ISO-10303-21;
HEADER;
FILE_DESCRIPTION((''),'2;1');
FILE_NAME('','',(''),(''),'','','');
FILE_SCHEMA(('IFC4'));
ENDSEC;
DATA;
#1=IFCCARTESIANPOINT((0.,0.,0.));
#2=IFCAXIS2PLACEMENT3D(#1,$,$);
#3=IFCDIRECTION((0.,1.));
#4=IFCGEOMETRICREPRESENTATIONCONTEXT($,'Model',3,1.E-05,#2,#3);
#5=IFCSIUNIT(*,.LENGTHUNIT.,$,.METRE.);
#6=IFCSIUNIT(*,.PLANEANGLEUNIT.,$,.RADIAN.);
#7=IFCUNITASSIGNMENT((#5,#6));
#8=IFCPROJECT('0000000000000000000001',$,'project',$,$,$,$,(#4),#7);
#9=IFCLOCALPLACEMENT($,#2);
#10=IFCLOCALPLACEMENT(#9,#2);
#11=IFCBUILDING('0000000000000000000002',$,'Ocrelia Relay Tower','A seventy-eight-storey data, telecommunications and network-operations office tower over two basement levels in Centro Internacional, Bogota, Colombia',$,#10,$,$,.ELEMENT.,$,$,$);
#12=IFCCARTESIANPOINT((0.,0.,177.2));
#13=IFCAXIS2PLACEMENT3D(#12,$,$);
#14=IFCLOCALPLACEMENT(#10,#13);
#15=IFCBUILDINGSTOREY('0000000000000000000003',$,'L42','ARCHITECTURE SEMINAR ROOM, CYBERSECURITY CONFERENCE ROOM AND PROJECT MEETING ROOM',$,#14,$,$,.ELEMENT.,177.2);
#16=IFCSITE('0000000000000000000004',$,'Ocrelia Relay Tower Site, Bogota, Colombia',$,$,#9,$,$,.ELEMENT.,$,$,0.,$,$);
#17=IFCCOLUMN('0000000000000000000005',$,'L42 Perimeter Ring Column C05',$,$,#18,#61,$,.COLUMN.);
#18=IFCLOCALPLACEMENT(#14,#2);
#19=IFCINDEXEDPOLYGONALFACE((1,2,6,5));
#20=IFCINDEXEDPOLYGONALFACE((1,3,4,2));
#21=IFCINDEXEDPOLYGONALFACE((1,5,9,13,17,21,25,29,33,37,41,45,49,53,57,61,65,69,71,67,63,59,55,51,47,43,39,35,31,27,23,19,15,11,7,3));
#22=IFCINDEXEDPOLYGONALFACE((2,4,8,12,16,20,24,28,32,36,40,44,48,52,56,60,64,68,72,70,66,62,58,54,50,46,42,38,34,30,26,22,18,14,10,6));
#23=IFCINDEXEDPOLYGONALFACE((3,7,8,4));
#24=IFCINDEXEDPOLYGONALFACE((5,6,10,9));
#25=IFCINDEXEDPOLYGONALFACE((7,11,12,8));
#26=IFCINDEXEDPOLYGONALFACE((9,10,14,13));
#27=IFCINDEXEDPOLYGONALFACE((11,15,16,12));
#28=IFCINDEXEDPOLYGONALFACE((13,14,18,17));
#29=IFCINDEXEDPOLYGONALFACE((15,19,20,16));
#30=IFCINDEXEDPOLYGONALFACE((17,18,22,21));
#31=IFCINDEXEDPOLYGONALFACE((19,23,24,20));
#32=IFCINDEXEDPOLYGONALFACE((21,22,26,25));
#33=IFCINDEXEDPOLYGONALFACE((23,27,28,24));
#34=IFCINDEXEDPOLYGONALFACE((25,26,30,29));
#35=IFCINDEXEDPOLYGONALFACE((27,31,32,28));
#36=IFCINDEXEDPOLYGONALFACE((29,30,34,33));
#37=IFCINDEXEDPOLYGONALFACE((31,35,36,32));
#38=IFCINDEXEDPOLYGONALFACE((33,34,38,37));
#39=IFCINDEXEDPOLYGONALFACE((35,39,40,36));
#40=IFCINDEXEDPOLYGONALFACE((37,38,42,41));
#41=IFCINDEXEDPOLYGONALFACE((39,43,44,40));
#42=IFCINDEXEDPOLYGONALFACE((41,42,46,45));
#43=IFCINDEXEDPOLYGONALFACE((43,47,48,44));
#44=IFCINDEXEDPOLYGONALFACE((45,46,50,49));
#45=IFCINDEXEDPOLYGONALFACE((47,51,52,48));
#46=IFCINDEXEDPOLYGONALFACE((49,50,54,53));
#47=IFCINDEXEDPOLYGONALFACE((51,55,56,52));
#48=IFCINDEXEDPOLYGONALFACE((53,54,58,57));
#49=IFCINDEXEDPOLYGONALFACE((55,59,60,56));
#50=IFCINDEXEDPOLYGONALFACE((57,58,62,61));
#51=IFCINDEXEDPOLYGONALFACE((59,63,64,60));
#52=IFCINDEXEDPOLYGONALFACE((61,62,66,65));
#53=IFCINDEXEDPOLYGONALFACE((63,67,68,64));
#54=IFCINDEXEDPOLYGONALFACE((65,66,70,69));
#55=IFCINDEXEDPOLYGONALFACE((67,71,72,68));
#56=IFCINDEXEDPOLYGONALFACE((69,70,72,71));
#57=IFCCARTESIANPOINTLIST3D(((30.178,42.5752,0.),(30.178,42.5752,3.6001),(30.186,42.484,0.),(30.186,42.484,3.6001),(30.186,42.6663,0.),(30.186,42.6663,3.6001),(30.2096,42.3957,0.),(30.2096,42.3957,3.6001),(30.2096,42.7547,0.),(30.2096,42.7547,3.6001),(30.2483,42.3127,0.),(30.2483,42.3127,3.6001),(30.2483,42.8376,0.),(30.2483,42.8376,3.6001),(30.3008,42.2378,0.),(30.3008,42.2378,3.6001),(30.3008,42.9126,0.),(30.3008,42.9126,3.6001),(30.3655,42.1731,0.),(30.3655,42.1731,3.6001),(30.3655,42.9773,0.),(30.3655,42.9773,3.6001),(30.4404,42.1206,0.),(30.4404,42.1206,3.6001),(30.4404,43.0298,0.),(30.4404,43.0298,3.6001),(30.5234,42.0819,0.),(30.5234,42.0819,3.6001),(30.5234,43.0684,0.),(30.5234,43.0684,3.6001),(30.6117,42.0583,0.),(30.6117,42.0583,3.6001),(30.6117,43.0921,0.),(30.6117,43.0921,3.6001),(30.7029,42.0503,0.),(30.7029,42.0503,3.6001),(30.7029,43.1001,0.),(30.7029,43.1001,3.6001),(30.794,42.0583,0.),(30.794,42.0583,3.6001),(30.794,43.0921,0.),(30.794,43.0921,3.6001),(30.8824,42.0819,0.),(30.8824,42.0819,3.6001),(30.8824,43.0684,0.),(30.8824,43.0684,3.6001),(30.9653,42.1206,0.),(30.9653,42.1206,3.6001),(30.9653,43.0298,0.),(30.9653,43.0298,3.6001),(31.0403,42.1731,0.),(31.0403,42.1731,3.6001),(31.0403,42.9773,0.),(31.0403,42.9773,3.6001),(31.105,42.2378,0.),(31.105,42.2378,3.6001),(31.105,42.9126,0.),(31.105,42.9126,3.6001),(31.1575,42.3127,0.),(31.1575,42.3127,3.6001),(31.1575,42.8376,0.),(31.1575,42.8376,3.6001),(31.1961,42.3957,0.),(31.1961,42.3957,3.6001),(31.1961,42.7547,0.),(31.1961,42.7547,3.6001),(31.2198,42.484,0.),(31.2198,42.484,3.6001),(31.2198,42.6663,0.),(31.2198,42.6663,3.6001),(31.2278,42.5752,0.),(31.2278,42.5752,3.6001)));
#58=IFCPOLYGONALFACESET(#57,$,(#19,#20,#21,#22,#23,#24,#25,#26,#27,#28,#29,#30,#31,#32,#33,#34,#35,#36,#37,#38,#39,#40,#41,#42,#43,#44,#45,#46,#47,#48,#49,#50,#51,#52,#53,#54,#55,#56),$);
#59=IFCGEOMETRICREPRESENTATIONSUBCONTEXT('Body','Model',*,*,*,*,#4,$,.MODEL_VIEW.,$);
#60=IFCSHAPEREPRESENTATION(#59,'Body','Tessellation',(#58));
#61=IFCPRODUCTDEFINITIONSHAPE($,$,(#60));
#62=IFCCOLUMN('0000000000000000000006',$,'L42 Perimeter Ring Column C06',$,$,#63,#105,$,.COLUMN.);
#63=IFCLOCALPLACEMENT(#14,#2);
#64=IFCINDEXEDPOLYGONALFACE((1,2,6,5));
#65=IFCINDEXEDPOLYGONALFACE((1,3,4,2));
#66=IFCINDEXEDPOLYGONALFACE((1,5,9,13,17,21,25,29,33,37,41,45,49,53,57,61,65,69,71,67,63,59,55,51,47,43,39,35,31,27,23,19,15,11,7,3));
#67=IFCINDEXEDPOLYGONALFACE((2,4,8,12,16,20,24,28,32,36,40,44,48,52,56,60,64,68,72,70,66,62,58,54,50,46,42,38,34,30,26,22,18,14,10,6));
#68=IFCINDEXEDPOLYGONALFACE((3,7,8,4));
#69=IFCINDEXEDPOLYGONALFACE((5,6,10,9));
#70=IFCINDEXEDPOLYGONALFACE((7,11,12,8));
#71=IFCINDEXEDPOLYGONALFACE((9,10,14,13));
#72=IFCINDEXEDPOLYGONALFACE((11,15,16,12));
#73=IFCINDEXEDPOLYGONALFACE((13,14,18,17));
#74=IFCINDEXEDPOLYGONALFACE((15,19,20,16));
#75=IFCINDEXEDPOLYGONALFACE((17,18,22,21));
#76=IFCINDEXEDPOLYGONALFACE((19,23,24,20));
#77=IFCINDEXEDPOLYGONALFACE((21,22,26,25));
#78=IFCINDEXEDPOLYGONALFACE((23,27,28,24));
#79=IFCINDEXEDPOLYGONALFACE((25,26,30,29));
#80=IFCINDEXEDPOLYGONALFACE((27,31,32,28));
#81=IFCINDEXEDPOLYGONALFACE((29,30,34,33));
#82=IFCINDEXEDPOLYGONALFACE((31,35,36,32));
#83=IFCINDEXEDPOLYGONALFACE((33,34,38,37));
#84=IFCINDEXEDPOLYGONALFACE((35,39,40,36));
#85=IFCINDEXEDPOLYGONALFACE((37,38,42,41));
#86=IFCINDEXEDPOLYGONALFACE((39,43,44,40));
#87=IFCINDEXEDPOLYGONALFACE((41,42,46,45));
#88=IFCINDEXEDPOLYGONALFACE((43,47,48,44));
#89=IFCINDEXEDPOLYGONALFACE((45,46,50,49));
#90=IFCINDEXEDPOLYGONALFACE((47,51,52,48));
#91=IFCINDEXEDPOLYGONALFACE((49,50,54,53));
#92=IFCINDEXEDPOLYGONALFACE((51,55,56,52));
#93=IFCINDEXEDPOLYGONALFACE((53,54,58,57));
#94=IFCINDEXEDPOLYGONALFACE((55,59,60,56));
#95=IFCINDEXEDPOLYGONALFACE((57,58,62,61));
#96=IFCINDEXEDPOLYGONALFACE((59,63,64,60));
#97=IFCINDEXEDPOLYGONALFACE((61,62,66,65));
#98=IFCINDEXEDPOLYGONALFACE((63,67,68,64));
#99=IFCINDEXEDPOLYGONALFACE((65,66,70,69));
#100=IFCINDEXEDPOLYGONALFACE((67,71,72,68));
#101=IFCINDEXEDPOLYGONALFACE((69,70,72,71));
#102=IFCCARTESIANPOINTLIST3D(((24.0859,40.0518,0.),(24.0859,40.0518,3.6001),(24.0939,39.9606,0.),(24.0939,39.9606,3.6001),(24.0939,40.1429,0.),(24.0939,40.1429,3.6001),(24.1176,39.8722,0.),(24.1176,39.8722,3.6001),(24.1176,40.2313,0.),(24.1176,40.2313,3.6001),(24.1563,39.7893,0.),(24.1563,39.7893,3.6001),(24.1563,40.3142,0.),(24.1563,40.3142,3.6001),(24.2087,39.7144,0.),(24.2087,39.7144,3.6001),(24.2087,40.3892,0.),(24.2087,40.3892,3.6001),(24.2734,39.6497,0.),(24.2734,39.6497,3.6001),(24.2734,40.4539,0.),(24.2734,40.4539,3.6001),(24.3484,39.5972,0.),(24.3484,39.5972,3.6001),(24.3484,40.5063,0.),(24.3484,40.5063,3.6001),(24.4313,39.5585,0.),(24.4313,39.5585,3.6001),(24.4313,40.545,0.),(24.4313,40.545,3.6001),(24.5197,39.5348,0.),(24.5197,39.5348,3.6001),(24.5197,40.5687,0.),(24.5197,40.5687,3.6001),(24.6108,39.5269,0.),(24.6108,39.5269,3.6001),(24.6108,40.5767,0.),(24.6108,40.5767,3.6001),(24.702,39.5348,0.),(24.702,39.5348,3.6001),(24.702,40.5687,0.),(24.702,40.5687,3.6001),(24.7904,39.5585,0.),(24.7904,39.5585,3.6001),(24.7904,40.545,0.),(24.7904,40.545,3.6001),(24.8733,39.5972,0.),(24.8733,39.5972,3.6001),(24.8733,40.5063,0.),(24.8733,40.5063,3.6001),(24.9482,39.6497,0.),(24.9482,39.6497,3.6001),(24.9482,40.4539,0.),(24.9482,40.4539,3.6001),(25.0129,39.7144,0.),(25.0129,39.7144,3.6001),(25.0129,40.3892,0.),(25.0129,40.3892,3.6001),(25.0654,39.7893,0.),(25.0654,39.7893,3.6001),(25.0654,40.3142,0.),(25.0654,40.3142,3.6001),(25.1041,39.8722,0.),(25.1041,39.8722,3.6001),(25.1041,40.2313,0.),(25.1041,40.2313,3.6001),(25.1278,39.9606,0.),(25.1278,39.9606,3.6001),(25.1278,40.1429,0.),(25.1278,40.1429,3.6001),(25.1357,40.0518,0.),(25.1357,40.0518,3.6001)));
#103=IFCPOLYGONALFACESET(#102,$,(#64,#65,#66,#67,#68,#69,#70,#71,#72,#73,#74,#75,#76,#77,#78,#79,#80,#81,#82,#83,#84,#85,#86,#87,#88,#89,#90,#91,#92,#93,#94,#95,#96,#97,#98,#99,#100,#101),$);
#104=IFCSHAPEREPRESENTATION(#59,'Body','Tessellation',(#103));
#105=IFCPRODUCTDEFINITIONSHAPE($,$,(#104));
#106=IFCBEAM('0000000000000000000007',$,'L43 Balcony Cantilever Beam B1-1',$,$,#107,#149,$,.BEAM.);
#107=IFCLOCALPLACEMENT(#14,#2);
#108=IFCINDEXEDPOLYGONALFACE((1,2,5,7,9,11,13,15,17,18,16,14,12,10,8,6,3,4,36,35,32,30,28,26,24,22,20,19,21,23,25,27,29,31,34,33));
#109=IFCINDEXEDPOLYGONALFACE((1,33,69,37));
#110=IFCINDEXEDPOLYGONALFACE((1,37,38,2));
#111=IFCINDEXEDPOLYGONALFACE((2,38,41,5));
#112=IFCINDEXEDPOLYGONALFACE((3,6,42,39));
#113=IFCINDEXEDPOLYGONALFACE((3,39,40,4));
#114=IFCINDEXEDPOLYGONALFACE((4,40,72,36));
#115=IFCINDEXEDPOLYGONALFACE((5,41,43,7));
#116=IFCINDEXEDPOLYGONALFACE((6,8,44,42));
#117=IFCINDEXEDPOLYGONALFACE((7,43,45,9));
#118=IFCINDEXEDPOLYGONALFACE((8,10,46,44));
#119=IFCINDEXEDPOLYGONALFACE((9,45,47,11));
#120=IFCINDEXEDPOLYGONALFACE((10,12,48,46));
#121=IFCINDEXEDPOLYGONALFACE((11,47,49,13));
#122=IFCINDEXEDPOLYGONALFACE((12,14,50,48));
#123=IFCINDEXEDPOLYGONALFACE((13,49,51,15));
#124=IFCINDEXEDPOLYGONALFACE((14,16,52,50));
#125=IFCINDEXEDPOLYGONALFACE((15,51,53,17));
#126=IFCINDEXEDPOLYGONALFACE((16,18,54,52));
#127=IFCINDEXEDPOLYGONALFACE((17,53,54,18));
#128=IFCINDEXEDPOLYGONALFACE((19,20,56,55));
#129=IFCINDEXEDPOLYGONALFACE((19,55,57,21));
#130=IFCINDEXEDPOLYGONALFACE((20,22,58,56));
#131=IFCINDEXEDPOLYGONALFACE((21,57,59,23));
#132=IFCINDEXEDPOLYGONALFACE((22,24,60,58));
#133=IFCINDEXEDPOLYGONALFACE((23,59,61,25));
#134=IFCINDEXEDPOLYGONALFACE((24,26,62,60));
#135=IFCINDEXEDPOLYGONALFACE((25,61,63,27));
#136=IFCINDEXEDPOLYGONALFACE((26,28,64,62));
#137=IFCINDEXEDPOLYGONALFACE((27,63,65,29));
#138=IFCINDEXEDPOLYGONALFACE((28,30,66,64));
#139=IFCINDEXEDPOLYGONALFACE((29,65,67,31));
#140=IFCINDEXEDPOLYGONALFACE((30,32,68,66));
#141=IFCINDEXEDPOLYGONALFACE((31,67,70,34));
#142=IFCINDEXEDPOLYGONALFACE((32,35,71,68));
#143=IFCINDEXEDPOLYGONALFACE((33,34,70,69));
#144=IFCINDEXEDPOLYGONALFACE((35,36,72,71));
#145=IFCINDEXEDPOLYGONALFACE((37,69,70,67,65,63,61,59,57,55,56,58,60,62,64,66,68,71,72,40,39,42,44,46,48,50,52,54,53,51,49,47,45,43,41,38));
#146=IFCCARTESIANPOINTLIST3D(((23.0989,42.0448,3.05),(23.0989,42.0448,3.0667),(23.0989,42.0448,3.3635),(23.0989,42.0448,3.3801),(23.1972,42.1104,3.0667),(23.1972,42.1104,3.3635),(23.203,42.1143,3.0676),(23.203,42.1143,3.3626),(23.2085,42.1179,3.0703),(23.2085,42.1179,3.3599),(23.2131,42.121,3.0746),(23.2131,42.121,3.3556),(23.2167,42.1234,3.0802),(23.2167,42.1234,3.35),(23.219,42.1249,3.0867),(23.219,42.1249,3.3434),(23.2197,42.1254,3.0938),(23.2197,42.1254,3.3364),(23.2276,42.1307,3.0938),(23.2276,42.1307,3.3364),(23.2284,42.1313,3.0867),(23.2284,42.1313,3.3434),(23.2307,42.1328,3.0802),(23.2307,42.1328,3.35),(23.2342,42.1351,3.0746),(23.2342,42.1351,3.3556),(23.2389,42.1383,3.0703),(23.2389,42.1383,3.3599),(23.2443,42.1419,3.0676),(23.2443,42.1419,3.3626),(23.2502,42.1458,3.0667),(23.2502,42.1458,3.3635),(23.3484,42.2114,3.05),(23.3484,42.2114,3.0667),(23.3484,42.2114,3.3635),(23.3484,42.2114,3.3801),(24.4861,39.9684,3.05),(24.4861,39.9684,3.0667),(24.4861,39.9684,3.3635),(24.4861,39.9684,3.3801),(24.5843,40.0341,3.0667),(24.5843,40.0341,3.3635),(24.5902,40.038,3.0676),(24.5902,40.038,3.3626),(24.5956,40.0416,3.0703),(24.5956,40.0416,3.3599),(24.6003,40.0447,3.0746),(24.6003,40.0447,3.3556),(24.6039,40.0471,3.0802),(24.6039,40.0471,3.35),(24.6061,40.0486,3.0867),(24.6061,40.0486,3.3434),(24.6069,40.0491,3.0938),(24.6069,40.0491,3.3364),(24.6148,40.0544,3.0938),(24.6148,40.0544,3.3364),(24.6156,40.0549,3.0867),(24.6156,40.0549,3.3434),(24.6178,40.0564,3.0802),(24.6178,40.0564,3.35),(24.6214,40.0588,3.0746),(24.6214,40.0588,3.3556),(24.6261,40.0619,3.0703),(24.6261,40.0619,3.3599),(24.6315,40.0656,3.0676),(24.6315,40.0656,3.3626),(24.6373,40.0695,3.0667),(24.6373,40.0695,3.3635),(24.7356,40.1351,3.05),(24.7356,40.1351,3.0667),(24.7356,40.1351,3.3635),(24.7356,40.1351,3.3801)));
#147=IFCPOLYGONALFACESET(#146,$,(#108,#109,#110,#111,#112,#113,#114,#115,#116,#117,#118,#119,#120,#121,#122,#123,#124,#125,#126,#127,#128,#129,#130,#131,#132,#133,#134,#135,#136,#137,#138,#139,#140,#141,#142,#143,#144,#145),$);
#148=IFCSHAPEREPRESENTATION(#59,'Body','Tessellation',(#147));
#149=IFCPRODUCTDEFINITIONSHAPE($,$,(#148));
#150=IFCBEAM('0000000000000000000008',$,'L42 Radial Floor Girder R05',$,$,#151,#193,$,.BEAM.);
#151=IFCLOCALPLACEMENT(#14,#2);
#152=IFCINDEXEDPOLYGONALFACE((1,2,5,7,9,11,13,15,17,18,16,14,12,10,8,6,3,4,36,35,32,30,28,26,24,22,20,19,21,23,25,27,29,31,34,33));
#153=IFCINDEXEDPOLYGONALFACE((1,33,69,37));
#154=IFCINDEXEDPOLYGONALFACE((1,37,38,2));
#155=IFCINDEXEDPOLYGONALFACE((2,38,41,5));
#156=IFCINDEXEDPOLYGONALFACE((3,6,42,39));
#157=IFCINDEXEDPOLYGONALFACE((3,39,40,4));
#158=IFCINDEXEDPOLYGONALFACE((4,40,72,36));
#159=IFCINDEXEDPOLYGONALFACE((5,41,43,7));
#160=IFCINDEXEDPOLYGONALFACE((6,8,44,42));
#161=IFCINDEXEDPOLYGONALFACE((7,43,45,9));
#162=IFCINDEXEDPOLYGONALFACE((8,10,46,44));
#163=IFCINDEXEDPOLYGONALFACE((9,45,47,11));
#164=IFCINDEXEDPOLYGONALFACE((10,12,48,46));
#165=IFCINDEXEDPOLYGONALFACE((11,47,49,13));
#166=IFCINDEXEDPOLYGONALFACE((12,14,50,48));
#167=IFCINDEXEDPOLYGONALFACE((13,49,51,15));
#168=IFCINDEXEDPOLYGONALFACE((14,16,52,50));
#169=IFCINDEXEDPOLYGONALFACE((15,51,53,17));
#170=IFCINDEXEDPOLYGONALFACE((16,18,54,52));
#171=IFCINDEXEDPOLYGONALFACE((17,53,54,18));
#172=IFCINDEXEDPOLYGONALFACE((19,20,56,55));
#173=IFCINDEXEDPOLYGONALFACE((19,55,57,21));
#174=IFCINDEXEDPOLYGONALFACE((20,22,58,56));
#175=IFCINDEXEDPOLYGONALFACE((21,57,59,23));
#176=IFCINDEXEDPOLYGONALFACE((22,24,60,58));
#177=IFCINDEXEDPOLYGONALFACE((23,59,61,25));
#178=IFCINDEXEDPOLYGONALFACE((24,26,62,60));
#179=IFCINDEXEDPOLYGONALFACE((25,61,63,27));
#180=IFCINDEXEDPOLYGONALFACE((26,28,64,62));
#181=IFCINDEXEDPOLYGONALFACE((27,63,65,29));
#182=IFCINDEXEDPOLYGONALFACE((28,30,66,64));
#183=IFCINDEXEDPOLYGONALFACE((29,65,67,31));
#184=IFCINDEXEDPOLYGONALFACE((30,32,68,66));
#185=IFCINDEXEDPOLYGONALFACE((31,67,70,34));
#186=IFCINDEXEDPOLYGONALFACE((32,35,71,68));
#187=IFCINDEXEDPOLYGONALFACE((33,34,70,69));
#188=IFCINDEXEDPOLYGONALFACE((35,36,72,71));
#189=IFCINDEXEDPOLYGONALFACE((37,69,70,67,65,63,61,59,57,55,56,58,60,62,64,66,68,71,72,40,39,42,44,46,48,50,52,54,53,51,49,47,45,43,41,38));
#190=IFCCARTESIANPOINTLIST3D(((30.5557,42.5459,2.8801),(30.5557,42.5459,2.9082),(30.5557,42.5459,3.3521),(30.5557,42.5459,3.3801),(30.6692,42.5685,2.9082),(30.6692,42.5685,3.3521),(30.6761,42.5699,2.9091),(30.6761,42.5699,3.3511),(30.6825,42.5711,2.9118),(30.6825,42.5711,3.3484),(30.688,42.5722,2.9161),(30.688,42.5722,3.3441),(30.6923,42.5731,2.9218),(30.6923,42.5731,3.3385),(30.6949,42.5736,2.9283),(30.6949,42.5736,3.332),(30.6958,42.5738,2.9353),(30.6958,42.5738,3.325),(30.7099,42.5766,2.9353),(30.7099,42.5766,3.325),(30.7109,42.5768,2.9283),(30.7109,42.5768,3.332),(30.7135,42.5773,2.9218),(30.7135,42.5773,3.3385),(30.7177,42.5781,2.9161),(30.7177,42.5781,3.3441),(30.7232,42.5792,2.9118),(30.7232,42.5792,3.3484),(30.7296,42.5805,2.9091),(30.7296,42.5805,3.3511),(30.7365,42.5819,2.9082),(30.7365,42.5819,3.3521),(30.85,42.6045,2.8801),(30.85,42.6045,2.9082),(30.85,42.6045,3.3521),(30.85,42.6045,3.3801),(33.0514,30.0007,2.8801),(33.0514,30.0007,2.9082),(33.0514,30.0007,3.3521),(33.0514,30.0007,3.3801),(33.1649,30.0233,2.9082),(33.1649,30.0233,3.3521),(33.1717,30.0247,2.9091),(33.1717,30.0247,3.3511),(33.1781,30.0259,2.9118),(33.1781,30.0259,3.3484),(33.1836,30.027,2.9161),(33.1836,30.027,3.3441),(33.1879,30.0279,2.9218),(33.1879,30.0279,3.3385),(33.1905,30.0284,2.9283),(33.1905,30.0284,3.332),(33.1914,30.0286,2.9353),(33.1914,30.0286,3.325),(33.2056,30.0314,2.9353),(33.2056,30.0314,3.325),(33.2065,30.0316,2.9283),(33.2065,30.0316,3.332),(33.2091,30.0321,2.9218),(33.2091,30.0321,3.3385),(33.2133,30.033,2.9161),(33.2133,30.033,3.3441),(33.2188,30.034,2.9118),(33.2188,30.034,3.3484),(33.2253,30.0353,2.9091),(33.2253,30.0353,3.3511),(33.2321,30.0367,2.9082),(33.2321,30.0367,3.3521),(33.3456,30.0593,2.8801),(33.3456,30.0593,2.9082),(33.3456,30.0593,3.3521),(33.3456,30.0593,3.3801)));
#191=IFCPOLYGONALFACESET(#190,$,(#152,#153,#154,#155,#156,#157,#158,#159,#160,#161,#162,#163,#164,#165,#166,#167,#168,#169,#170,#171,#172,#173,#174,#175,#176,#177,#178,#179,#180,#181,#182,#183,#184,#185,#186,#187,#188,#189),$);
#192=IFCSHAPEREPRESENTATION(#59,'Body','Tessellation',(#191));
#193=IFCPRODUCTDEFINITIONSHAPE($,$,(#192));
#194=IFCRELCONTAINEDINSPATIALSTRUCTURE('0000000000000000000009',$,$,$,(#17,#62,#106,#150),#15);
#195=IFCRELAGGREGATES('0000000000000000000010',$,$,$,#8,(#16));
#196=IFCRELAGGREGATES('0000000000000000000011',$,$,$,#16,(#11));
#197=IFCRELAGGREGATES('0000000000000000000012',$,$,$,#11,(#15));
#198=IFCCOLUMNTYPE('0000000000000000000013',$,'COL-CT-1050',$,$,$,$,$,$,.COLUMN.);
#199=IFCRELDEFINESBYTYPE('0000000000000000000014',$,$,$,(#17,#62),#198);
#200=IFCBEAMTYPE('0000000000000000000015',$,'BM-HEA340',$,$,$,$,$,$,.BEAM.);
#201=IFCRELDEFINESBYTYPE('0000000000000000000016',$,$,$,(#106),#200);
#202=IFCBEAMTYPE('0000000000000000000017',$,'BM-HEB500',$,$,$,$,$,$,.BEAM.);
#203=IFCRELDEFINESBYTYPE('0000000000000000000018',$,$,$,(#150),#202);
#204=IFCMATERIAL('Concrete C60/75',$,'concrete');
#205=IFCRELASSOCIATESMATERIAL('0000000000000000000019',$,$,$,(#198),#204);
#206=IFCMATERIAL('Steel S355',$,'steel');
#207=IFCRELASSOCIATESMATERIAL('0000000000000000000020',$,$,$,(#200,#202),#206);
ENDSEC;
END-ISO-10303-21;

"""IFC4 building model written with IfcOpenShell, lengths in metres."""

from ifc_helpers import new_model, si_unit, direction, frame, origin, origin_2d, place, context, subcontext, project, spatial, circle, i_section, extrude, material, material_profile, profile_set, type_object, element, save


model = new_model("IFC4")

# Units and contexts
model_context = context("Model", 3, precision=1e-05, world=origin(), true_north=direction((0.0, 1.0)))
body_context = subcontext(model_context, "Body", "Model", "MODEL_VIEW")
ifc_project = project(units=[si_unit("LENGTHUNIT", "METRE"), si_unit("PLANEANGLEUNIT", "RADIAN")], contexts=[model_context])

# Site, building, storey
site_placement = place(None, origin())
site = spatial("IfcSite", under=ifc_project, at=site_placement, Name="Ocrelia Relay Tower Site, Bogota, Colombia", CompositionType="ELEMENT", RefElevation=0.0)
building_placement = place(site_placement, origin())
building = spatial("IfcBuilding", under=site, at=building_placement, Name="Ocrelia Relay Tower", Description="A seventy-eight-storey data, telecommunications and network-operations office tower over two basement levels in Centro Internacional, Bogota, Colombia", CompositionType="ELEMENT")
storey_placement = place(building_placement, frame((0.0, 0.0, 177.2)))
storey = spatial("IfcBuildingStorey", under=building, at=storey_placement, Name="L42", Description="ARCHITECTURE SEMINAR ROOM, CYBERSECURITY CONFERENCE ROOM AND PROJECT MEETING ROOM", CompositionType="ELEMENT", Elevation=177.2)

# Columns
ifc_material_1 = material(Name="Concrete C60/75", Category="concrete")
ifc_material_profile_1 = material_profile(ifc_material_1, circle(Radius=0.5249, at=origin_2d()), Name="RC-CIR-1050")
ifc_profile_set_1 = profile_set([ifc_material_profile_1], Name="Concrete C60/75")
column_type = type_object("IfcColumnType", Name="COL-CT-1050", PredefinedType="COLUMN", material=ifc_profile_set_1)
for number, where, z_axis, x_axis, name in (
    (1, (30.7029, 42.5752, 0.0), (0.0, 0.0, 1.0), (1.0, 0.0, 0.0), "L42 Perimeter Ring Column C05"),
    (2, (24.6108, 40.0518, 0.0), (0.0, 0.0, 1.0), (1.0, 0.0, 0.0), "L42 Perimeter Ring Column C06"),
):
    element("IfcColumn", number, at=place(storey_placement, frame(where, z_axis=z_axis, x_axis=x_axis)), inside=storey, type_object=column_type, Name=name, PredefinedType="COLUMN", context=body_context, shape_type="SweptSolid", body=[
        extrude(circle(Radius=0.5249, at=origin_2d()), origin(), (0.0, 0.0, 1.0), 3.6001),
    ])

# Beams
ifc_material_2 = material(Name="Steel S355", Category="steel")
ifc_material_profile_2 = material_profile(ifc_material_2, i_section(OverallWidth=0.3, OverallDepth=0.3301, WebThickness=0.0095, FlangeThickness=0.0166, FilletRadius=0.0271, at=origin_2d()), Name="HEA 340")
ifc_profile_set_2 = profile_set([ifc_material_profile_2], Name="Steel S355")
beam_type_1 = type_object("IfcBeamType", Name="BM-HEA340", PredefinedType="BEAM", material=ifc_profile_set_2)
beam_1_placement = place(storey_placement, frame((24.6108, 40.0518, 3.2151), z_axis=(-0.555512, 0.831508, 0.0), x_axis=(-0.831508, -0.555512, 0.0)))
element("IfcBeam", 3, at=beam_1_placement, inside=storey, type_object=beam_type_1, Name="L43 Balcony Cantilever Beam B1-1", PredefinedType="BEAM", context=body_context, shape_type="SweptSolid", body=[
    extrude(i_section(OverallWidth=0.3, OverallDepth=0.3301, WebThickness=0.0095, FlangeThickness=0.0166, FilletRadius=0.0271, at=origin_2d()), origin(), (0.0, 0.0, 1.0), 2.4971),
])
ifc_material_profile_3 = material_profile(ifc_material_2, i_section(OverallWidth=0.3, OverallDepth=0.5, WebThickness=0.0144, FlangeThickness=0.0281, FilletRadius=0.0271, at=origin_2d()), Name="HEB 500")
ifc_profile_set_3 = profile_set([ifc_material_profile_3], Name="Steel S355")
beam_type_2 = type_object("IfcBeamType", Name="BM-HEB500", PredefinedType="BEAM", material=ifc_profile_set_3)
beam_2_placement = place(storey_placement, frame((30.7029, 42.5752, 3.1301), z_axis=(0.195107, -0.980782, 0.0), x_axis=(0.980782, 0.195107, 0.0)))
element("IfcBeam", 4, at=beam_2_placement, inside=storey, type_object=beam_type_2, Name="L42 Radial Floor Girder R05", PredefinedType="BEAM", context=body_context, shape_type="SweptSolid", body=[
    extrude(i_section(OverallWidth=0.3, OverallDepth=0.5, WebThickness=0.0144, FlangeThickness=0.0281, FilletRadius=0.0271, at=origin_2d()), origin(), (0.0, 0.0, 1.0), 12.791),
])

save(model, "model.ifc")
